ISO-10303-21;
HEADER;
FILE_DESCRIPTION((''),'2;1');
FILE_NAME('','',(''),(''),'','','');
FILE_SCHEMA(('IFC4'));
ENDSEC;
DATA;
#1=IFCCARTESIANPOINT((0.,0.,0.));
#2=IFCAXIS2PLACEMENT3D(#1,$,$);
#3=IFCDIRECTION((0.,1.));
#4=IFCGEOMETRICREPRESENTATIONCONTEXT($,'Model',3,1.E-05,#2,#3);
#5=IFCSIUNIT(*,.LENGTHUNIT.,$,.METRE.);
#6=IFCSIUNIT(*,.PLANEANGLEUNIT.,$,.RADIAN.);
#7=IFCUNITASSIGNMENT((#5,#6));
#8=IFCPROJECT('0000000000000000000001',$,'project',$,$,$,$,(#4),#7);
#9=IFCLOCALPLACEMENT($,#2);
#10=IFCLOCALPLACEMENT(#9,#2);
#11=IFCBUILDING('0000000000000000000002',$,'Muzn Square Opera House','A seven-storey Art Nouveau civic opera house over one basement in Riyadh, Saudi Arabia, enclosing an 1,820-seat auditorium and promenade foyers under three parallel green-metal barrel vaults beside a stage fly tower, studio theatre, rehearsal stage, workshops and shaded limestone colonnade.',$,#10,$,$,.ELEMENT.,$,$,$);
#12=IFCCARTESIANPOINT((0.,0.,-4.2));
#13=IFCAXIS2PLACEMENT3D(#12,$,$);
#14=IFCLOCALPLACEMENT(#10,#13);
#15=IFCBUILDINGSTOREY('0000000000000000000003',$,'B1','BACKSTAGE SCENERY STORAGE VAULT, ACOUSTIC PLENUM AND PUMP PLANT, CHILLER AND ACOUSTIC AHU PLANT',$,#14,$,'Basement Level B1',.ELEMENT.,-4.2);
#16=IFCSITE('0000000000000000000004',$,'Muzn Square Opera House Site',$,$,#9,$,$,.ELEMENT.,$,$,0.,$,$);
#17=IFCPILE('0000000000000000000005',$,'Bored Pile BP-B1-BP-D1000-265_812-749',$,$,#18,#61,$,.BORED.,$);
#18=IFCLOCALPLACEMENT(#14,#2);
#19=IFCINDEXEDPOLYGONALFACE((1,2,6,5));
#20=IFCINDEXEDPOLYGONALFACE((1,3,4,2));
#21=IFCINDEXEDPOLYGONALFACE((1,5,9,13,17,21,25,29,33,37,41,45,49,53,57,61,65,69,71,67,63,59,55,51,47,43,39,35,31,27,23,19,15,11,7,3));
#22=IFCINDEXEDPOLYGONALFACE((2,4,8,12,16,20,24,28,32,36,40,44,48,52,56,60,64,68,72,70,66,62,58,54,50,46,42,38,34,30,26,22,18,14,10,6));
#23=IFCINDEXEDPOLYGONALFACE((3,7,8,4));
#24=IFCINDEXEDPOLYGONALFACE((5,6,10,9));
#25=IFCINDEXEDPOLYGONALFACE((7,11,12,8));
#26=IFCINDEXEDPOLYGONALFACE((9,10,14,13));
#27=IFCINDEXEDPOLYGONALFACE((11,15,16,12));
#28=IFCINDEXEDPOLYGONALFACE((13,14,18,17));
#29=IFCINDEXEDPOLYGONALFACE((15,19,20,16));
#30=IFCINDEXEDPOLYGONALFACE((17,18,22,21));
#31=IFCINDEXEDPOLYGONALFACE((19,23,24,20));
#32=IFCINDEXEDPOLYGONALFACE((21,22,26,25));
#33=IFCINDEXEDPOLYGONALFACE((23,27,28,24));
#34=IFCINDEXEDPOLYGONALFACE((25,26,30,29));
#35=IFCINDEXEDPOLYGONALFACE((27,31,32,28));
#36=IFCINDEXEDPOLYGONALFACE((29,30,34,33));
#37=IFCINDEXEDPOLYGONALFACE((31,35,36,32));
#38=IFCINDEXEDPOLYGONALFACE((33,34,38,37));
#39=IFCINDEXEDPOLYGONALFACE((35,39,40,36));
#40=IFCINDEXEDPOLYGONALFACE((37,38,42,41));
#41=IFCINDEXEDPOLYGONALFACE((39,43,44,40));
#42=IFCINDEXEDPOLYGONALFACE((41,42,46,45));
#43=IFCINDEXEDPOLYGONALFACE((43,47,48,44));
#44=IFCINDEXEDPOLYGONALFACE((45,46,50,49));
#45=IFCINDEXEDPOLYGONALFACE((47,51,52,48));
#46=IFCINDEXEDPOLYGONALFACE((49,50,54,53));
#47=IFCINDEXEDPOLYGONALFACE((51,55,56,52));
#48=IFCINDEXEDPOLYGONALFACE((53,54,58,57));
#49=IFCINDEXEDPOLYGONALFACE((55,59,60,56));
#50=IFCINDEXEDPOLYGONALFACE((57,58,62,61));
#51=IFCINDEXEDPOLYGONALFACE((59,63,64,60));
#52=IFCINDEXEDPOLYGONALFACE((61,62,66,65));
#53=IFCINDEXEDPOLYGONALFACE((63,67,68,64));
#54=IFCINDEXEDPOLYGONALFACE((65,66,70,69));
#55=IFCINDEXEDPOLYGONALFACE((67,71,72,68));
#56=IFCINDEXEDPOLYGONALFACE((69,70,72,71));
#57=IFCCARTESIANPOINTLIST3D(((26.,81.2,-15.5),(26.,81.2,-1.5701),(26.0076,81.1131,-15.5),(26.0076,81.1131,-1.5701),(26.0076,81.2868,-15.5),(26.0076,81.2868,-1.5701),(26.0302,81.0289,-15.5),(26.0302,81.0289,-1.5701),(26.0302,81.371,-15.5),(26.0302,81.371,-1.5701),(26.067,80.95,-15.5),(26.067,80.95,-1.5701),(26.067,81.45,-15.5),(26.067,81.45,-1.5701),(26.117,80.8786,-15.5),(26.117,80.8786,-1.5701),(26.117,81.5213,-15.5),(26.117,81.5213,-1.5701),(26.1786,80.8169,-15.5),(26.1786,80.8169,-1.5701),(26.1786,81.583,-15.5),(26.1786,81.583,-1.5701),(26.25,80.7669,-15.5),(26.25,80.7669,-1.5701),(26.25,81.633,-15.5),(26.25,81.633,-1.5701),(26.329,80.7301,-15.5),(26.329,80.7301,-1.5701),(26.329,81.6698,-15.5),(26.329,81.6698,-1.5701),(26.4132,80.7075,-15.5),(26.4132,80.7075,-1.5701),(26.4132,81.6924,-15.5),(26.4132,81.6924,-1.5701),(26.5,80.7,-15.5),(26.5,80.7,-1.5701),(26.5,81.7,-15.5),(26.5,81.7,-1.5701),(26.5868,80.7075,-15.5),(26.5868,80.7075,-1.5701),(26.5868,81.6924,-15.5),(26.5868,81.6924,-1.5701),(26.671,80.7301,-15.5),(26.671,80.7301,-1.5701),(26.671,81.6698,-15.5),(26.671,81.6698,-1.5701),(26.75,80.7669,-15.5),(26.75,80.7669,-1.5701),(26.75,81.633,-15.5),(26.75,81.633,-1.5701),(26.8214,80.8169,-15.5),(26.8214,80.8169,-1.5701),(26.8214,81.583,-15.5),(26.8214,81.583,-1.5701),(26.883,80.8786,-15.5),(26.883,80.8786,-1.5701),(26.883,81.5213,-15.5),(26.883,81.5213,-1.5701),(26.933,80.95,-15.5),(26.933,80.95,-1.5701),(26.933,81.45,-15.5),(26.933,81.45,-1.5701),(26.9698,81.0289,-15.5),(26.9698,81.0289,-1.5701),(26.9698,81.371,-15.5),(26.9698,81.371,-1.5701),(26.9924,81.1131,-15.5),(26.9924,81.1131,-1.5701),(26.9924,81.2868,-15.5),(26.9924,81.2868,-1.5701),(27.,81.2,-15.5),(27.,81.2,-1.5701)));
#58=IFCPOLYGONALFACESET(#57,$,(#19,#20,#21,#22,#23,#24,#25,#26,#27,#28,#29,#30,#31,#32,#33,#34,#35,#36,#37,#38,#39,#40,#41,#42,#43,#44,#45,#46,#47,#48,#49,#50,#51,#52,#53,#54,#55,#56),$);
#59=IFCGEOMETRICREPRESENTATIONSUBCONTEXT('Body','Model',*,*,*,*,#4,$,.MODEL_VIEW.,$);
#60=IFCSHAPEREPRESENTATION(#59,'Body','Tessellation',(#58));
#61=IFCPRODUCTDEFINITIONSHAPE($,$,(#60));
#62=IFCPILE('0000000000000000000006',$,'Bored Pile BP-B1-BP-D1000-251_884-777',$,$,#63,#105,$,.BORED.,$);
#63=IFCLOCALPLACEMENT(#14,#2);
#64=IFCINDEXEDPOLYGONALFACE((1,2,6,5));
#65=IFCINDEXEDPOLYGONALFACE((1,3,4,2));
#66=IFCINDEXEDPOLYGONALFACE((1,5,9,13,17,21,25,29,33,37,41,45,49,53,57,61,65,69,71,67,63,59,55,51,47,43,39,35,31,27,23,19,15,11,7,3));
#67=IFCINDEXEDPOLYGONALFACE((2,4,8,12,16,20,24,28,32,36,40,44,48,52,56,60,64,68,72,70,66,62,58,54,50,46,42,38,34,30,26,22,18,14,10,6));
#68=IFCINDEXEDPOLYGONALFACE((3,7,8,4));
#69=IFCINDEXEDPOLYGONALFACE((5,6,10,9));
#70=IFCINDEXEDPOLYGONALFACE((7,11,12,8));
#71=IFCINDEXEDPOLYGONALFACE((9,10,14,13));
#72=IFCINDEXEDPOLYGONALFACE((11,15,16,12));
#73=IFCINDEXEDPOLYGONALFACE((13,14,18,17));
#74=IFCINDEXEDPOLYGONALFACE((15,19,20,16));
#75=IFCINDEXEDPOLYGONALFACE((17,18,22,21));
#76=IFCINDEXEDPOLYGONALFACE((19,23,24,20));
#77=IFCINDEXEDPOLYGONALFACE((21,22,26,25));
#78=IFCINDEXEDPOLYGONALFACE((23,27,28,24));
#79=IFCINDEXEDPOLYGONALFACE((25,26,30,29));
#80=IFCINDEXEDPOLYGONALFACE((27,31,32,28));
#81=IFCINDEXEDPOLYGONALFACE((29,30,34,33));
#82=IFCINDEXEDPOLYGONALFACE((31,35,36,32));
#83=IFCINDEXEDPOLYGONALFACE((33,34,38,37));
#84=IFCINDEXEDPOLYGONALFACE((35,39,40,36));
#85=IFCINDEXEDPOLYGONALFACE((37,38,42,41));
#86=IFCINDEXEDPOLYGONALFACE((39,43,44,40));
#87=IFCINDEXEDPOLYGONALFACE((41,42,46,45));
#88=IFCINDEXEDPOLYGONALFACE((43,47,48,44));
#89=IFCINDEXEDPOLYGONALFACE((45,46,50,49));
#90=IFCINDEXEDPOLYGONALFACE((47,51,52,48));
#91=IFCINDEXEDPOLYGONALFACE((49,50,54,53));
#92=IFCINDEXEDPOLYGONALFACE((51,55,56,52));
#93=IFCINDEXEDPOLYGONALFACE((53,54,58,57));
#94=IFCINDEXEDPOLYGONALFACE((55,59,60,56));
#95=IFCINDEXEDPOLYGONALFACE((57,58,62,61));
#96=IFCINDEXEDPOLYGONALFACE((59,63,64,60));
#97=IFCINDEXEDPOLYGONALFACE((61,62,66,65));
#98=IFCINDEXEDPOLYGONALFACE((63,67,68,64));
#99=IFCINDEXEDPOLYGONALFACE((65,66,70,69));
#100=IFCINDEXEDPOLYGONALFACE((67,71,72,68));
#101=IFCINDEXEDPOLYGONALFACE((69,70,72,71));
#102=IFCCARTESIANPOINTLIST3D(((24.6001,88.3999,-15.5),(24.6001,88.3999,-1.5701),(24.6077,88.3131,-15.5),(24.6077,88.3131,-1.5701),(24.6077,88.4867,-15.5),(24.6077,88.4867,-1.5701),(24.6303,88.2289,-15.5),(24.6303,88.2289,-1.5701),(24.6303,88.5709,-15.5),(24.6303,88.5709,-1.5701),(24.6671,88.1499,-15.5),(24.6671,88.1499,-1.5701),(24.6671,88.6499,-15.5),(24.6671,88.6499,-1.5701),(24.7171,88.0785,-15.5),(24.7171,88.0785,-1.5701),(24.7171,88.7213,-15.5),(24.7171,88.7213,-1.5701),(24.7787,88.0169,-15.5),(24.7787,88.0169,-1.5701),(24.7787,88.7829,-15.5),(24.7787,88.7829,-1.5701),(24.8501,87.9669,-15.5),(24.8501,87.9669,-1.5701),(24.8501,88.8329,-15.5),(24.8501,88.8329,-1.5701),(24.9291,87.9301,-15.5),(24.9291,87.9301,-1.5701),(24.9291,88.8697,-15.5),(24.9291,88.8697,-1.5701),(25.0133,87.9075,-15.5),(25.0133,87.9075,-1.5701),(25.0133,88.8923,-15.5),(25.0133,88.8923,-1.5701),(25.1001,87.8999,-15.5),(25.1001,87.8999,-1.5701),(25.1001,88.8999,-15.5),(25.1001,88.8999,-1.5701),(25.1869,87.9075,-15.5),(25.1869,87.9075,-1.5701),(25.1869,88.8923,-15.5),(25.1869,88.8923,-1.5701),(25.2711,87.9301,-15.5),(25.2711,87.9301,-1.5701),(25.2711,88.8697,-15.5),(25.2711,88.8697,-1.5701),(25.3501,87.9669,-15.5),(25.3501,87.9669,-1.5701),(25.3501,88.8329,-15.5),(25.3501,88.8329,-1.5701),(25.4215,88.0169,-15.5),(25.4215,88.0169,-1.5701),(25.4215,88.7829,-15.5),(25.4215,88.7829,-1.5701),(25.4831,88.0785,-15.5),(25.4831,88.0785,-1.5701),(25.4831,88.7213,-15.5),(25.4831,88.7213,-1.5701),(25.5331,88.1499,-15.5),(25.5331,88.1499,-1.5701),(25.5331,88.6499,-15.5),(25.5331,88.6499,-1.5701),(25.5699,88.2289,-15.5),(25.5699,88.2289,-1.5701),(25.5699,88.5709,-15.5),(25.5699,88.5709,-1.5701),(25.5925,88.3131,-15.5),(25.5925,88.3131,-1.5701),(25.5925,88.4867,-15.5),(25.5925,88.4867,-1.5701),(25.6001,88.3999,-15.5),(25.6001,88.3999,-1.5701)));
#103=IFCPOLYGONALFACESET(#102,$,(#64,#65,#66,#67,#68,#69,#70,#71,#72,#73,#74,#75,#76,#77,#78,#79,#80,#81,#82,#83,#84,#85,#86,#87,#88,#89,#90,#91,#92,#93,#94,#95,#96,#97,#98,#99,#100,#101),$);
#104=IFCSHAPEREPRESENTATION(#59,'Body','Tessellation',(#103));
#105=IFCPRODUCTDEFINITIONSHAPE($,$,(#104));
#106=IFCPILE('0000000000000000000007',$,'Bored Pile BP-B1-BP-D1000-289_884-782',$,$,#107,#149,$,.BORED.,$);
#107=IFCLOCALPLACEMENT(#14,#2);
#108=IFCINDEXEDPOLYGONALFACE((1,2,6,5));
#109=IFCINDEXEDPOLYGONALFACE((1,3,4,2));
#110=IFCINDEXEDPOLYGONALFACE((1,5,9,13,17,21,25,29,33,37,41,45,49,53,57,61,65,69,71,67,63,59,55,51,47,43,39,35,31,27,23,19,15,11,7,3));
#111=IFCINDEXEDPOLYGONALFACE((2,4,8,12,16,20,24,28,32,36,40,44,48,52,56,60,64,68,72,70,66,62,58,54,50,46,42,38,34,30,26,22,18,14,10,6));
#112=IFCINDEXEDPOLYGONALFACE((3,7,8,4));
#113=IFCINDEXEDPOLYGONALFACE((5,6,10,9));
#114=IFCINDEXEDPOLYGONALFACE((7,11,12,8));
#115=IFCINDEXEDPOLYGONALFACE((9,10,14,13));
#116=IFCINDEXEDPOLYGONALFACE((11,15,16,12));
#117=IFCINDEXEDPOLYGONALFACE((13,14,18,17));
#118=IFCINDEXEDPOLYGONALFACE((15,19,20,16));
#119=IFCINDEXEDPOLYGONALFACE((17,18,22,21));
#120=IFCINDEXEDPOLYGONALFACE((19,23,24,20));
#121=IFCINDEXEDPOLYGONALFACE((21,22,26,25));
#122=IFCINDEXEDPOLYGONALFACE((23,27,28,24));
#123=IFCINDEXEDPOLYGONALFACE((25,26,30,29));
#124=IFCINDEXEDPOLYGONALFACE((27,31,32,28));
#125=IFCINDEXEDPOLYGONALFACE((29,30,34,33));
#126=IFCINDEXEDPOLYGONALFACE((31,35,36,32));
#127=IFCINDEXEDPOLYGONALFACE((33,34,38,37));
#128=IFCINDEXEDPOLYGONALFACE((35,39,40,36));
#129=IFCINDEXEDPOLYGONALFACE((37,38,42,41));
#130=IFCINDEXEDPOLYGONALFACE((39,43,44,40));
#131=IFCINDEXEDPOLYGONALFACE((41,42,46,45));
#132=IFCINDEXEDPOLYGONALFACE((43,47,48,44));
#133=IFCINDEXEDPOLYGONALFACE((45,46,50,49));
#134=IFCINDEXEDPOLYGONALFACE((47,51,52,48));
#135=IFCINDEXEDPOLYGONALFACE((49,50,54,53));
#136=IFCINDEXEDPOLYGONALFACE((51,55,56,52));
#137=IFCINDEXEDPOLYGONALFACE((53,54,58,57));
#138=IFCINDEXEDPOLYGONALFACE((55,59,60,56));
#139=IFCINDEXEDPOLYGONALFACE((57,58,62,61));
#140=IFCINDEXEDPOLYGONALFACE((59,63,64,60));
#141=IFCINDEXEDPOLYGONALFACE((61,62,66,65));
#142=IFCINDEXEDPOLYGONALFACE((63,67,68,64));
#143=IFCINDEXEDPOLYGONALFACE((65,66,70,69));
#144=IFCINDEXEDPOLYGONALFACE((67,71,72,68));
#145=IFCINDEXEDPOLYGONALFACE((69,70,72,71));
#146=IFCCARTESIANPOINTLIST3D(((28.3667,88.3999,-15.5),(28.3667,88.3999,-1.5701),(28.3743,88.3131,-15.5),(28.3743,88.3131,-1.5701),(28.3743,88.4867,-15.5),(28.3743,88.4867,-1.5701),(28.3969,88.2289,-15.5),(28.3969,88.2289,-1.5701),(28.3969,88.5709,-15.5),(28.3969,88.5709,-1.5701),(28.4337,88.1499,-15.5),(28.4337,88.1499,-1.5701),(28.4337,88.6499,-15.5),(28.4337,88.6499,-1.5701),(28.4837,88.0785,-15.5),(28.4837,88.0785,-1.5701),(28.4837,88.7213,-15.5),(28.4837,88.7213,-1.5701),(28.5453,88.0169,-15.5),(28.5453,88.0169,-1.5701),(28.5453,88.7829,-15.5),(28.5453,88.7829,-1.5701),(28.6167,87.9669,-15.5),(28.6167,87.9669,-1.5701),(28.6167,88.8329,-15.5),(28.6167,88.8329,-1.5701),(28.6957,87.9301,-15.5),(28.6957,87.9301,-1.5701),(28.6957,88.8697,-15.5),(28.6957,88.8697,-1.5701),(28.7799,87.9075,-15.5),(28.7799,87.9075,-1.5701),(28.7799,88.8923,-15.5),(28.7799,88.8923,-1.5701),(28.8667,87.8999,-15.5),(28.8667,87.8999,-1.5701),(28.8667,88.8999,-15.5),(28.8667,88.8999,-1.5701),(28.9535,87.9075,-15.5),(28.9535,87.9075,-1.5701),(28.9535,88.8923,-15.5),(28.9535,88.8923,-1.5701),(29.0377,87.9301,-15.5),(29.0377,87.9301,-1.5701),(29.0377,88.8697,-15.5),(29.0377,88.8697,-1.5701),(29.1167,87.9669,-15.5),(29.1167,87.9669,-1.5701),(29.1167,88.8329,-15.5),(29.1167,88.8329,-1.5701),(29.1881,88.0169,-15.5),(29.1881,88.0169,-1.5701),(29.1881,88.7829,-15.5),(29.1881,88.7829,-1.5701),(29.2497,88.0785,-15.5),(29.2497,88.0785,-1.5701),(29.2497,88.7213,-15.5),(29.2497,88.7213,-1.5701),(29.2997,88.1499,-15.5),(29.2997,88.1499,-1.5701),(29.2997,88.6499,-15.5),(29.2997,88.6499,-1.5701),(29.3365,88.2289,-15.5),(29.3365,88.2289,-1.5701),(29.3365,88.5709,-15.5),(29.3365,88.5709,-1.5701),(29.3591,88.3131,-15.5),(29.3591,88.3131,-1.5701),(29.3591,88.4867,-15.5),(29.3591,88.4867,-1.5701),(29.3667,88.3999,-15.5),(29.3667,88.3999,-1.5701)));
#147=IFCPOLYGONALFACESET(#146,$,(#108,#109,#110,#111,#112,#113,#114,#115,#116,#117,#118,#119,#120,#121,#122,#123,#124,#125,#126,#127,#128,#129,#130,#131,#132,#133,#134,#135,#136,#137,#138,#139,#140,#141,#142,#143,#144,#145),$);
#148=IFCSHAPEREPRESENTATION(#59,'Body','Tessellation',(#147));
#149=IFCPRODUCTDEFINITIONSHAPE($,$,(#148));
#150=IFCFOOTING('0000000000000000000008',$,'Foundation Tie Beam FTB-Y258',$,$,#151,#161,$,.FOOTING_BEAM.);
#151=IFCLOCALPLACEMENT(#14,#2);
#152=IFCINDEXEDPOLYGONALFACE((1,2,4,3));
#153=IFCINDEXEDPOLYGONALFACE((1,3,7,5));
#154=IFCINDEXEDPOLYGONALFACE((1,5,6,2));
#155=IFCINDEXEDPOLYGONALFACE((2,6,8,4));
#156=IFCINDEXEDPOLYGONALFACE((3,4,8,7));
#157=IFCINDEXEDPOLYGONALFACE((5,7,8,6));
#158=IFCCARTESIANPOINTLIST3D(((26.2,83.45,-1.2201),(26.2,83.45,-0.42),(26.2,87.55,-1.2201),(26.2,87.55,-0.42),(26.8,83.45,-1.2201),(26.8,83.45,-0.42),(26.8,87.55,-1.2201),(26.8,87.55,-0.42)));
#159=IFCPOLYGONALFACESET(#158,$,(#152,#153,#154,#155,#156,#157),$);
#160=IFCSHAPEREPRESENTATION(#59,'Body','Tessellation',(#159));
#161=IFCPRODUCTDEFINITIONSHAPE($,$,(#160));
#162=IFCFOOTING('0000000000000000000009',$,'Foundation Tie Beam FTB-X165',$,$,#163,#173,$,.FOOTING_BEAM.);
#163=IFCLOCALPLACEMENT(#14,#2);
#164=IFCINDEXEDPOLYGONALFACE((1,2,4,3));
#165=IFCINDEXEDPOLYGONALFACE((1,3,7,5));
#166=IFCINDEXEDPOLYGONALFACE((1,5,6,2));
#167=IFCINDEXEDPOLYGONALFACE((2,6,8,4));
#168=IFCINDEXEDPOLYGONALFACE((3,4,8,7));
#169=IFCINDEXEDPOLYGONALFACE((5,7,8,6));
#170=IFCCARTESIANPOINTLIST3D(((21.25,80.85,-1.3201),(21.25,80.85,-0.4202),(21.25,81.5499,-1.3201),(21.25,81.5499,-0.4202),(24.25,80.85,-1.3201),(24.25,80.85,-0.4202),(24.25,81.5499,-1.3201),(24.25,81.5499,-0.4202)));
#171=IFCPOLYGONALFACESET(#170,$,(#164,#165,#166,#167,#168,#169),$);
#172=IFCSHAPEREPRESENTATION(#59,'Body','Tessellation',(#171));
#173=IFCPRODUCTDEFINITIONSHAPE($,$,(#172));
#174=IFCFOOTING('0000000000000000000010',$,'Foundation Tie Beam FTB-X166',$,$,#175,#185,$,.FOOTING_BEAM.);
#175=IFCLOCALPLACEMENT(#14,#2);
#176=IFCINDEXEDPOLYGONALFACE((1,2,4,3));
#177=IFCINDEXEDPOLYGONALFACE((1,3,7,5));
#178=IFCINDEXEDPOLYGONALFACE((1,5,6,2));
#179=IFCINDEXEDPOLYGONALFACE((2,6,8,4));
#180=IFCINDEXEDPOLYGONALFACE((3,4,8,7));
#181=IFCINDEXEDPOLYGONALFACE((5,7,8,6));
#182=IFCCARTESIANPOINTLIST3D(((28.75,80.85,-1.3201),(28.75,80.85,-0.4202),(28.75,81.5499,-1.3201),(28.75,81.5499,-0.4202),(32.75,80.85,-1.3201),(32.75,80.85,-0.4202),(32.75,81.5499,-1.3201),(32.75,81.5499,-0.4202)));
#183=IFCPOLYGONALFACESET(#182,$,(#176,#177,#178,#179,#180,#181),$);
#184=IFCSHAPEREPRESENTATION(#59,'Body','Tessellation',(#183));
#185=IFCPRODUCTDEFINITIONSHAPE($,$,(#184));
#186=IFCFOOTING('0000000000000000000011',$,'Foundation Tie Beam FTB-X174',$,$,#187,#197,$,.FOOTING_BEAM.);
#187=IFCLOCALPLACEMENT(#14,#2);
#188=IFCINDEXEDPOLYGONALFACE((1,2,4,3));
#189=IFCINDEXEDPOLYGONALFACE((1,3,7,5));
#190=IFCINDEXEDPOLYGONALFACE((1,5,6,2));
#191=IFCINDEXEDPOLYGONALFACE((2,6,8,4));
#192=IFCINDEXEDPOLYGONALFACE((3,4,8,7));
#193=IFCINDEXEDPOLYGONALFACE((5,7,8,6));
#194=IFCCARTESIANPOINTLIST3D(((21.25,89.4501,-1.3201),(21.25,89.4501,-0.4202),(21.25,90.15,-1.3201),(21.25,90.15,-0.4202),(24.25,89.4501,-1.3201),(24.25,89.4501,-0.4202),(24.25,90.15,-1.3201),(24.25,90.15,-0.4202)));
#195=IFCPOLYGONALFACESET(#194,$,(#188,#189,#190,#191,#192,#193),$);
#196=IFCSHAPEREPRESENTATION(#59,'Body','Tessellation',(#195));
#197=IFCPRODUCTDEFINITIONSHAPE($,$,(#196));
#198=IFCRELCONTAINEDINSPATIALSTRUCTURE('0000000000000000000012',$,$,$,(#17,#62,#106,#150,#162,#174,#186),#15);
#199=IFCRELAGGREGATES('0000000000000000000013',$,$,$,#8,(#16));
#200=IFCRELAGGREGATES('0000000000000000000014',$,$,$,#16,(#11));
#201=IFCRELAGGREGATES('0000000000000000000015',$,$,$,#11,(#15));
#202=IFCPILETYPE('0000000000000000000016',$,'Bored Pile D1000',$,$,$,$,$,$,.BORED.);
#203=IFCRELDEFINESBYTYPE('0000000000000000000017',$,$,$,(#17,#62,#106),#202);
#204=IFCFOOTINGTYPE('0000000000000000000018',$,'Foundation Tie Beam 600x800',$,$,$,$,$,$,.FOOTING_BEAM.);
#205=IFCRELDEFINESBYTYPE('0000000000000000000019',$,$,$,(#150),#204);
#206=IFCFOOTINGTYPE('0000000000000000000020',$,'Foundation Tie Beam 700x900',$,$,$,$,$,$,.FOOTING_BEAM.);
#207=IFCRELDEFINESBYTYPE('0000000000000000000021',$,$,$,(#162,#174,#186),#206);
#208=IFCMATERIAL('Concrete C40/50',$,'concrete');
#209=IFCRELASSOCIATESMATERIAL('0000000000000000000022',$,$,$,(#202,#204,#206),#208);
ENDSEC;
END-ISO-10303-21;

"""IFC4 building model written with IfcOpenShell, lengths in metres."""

from ifc_helpers import new_model, si_unit, direction, frame, origin, origin_2d, place, context, subcontext, project, spatial, rectangle, circle, extrude, material, material_profile, profile_set, type_object, element, save


model = new_model("IFC4")

# Units and contexts
model_context = context("Model", 3, precision=1e-05, world=origin(), true_north=direction((0.0, 1.0)))
body_context = subcontext(model_context, "Body", "Model", "MODEL_VIEW")
ifc_project = project(units=[si_unit("LENGTHUNIT", "METRE"), si_unit("PLANEANGLEUNIT", "RADIAN")], contexts=[model_context])

# Site, building, storey
site_placement = place(None, origin())
site = spatial("IfcSite", under=ifc_project, at=site_placement, Name="Muzn Square Opera House Site", CompositionType="ELEMENT", RefElevation=0.0)
building_placement = place(site_placement, origin())
building = spatial("IfcBuilding", under=site, at=building_placement, Name="Muzn Square Opera House", Description="A seven-storey Art Nouveau civic opera house over one basement in Riyadh, Saudi Arabia, enclosing an 1,820-seat auditorium and promenade foyers under three parallel green-metal barrel vaults beside a stage fly tower, studio theatre, rehearsal stage, workshops and shaded limestone colonnade.", CompositionType="ELEMENT")
storey_placement = place(building_placement, frame((0.0, 0.0, -4.2)))
storey = spatial("IfcBuildingStorey", under=building, at=storey_placement, Name="B1", Description="BACKSTAGE SCENERY STORAGE VAULT, ACOUSTIC PLENUM AND PUMP PLANT, CHILLER AND ACOUSTIC AHU PLANT", LongName="Basement Level B1", CompositionType="ELEMENT", Elevation=-4.2)

# Piles
ifc_material_1 = material(Name="Concrete C40/50", Category="concrete")
ifc_material_profile_1 = material_profile(ifc_material_1, circle(Radius=0.5, at=origin_2d()), Name="BORED PILE D1000", Category="concrete")
ifc_profile_set_1 = profile_set([ifc_material_profile_1], Name="Concrete C40/50")
pile_type = type_object("IfcPileType", Name="Bored Pile D1000", PredefinedType="BORED", material=ifc_profile_set_1)
for number, where, z_axis, x_axis, name in (
    (1, (26.5, 81.2, -1.5701), (0.0, 0.0, -1.0), (1.0, 0.0, 0.0), "Bored Pile BP-B1-BP-D1000-265_812-749"),
    (2, (25.1001, 88.3999, -1.5701), (0.0, 0.0, -1.0), (1.0, 0.0, 0.0), "Bored Pile BP-B1-BP-D1000-251_884-777"),
    (3, (28.8667, 88.3999, -1.5701), (0.0, 0.0, -1.0), (1.0, 0.0, 0.0), "Bored Pile BP-B1-BP-D1000-289_884-782"),
):
    element("IfcPile", number, at=place(storey_placement, frame(where, z_axis=z_axis, x_axis=x_axis)), inside=storey, type_object=pile_type, Name=name, PredefinedType="BORED", context=body_context, shape_type="SweptSolid", body=[
        extrude(circle(Radius=0.5, at=origin_2d()), origin(), (0.0, 0.0, 1.0), 13.9299),
    ])

# Footings
ifc_material_profile_2 = material_profile(ifc_material_1, rectangle(XDim=0.6001, YDim=0.8, at=origin_2d()), Name="RCTB 600x800", Category="concrete")
ifc_profile_set_2 = profile_set([ifc_material_profile_2], Name="Concrete C40/50")
footing_type_1 = type_object("IfcFootingType", Name="Foundation Tie Beam 600x800", PredefinedType="FOOTING_BEAM", material=ifc_profile_set_2)
footing_1_placement = place(storey_placement, frame((26.5, 83.45, -0.8201), z_axis=(0.0, 1.0, 0.0), x_axis=(-1.0, 0.0, 0.0)))
element("IfcFooting", 4, at=footing_1_placement, inside=storey, type_object=footing_type_1, Name="Foundation Tie Beam FTB-Y258", PredefinedType="FOOTING_BEAM", context=body_context, shape_type="SweptSolid", body=[
    extrude(rectangle(XDim=0.6001, YDim=0.8, at=origin_2d()), origin(), (0.0, 0.0, 1.0), 4.1001),
])
ifc_material_profile_3 = material_profile(ifc_material_1, rectangle(XDim=0.7, YDim=0.8999, at=origin_2d()), Name="RCTB 700x900", Category="concrete")
ifc_profile_set_3 = profile_set([ifc_material_profile_3], Name="Concrete C40/50")
footing_type_2 = type_object("IfcFootingType", Name="Foundation Tie Beam 700x900", PredefinedType="FOOTING_BEAM", material=ifc_profile_set_3)
footing_2_placement = place(storey_placement, frame((21.25, 81.2, -0.8701), z_axis=(1.0, 0.0, 0.0), x_axis=(0.0, 1.0, 0.0)))
element("IfcFooting", 5, at=footing_2_placement, inside=storey, type_object=footing_type_2, Name="Foundation Tie Beam FTB-X165", PredefinedType="FOOTING_BEAM", context=body_context, shape_type="SweptSolid", body=[
    extrude(rectangle(XDim=0.7, YDim=0.8999, at=origin_2d()), origin(), (0.0, 0.0, 1.0), 3.0),
])
footing_3_placement = place(storey_placement, frame((28.75, 81.2, -0.8701), z_axis=(1.0, 0.0, 0.0), x_axis=(0.0, 1.0, 0.0)))
element("IfcFooting", 6, at=footing_3_placement, inside=storey, type_object=footing_type_2, Name="Foundation Tie Beam FTB-X166", PredefinedType="FOOTING_BEAM", context=body_context, shape_type="SweptSolid", body=[
    extrude(rectangle(XDim=0.7, YDim=0.8999, at=origin_2d()), origin(), (0.0, 0.0, 1.0), 4.0),
])
footing_4_placement = place(storey_placement, frame((21.25, 89.8, -0.8701), z_axis=(1.0, 0.0, 0.0), x_axis=(0.0, 1.0, 0.0)))
element("IfcFooting", 7, at=footing_4_placement, inside=storey, type_object=footing_type_2, Name="Foundation Tie Beam FTB-X174", PredefinedType="FOOTING_BEAM", context=body_context, shape_type="SweptSolid", body=[
    extrude(rectangle(XDim=0.7, YDim=0.8999, at=origin_2d()), origin(), (0.0, 0.0, 1.0), 3.0),
])

save(model, "model.ifc")
